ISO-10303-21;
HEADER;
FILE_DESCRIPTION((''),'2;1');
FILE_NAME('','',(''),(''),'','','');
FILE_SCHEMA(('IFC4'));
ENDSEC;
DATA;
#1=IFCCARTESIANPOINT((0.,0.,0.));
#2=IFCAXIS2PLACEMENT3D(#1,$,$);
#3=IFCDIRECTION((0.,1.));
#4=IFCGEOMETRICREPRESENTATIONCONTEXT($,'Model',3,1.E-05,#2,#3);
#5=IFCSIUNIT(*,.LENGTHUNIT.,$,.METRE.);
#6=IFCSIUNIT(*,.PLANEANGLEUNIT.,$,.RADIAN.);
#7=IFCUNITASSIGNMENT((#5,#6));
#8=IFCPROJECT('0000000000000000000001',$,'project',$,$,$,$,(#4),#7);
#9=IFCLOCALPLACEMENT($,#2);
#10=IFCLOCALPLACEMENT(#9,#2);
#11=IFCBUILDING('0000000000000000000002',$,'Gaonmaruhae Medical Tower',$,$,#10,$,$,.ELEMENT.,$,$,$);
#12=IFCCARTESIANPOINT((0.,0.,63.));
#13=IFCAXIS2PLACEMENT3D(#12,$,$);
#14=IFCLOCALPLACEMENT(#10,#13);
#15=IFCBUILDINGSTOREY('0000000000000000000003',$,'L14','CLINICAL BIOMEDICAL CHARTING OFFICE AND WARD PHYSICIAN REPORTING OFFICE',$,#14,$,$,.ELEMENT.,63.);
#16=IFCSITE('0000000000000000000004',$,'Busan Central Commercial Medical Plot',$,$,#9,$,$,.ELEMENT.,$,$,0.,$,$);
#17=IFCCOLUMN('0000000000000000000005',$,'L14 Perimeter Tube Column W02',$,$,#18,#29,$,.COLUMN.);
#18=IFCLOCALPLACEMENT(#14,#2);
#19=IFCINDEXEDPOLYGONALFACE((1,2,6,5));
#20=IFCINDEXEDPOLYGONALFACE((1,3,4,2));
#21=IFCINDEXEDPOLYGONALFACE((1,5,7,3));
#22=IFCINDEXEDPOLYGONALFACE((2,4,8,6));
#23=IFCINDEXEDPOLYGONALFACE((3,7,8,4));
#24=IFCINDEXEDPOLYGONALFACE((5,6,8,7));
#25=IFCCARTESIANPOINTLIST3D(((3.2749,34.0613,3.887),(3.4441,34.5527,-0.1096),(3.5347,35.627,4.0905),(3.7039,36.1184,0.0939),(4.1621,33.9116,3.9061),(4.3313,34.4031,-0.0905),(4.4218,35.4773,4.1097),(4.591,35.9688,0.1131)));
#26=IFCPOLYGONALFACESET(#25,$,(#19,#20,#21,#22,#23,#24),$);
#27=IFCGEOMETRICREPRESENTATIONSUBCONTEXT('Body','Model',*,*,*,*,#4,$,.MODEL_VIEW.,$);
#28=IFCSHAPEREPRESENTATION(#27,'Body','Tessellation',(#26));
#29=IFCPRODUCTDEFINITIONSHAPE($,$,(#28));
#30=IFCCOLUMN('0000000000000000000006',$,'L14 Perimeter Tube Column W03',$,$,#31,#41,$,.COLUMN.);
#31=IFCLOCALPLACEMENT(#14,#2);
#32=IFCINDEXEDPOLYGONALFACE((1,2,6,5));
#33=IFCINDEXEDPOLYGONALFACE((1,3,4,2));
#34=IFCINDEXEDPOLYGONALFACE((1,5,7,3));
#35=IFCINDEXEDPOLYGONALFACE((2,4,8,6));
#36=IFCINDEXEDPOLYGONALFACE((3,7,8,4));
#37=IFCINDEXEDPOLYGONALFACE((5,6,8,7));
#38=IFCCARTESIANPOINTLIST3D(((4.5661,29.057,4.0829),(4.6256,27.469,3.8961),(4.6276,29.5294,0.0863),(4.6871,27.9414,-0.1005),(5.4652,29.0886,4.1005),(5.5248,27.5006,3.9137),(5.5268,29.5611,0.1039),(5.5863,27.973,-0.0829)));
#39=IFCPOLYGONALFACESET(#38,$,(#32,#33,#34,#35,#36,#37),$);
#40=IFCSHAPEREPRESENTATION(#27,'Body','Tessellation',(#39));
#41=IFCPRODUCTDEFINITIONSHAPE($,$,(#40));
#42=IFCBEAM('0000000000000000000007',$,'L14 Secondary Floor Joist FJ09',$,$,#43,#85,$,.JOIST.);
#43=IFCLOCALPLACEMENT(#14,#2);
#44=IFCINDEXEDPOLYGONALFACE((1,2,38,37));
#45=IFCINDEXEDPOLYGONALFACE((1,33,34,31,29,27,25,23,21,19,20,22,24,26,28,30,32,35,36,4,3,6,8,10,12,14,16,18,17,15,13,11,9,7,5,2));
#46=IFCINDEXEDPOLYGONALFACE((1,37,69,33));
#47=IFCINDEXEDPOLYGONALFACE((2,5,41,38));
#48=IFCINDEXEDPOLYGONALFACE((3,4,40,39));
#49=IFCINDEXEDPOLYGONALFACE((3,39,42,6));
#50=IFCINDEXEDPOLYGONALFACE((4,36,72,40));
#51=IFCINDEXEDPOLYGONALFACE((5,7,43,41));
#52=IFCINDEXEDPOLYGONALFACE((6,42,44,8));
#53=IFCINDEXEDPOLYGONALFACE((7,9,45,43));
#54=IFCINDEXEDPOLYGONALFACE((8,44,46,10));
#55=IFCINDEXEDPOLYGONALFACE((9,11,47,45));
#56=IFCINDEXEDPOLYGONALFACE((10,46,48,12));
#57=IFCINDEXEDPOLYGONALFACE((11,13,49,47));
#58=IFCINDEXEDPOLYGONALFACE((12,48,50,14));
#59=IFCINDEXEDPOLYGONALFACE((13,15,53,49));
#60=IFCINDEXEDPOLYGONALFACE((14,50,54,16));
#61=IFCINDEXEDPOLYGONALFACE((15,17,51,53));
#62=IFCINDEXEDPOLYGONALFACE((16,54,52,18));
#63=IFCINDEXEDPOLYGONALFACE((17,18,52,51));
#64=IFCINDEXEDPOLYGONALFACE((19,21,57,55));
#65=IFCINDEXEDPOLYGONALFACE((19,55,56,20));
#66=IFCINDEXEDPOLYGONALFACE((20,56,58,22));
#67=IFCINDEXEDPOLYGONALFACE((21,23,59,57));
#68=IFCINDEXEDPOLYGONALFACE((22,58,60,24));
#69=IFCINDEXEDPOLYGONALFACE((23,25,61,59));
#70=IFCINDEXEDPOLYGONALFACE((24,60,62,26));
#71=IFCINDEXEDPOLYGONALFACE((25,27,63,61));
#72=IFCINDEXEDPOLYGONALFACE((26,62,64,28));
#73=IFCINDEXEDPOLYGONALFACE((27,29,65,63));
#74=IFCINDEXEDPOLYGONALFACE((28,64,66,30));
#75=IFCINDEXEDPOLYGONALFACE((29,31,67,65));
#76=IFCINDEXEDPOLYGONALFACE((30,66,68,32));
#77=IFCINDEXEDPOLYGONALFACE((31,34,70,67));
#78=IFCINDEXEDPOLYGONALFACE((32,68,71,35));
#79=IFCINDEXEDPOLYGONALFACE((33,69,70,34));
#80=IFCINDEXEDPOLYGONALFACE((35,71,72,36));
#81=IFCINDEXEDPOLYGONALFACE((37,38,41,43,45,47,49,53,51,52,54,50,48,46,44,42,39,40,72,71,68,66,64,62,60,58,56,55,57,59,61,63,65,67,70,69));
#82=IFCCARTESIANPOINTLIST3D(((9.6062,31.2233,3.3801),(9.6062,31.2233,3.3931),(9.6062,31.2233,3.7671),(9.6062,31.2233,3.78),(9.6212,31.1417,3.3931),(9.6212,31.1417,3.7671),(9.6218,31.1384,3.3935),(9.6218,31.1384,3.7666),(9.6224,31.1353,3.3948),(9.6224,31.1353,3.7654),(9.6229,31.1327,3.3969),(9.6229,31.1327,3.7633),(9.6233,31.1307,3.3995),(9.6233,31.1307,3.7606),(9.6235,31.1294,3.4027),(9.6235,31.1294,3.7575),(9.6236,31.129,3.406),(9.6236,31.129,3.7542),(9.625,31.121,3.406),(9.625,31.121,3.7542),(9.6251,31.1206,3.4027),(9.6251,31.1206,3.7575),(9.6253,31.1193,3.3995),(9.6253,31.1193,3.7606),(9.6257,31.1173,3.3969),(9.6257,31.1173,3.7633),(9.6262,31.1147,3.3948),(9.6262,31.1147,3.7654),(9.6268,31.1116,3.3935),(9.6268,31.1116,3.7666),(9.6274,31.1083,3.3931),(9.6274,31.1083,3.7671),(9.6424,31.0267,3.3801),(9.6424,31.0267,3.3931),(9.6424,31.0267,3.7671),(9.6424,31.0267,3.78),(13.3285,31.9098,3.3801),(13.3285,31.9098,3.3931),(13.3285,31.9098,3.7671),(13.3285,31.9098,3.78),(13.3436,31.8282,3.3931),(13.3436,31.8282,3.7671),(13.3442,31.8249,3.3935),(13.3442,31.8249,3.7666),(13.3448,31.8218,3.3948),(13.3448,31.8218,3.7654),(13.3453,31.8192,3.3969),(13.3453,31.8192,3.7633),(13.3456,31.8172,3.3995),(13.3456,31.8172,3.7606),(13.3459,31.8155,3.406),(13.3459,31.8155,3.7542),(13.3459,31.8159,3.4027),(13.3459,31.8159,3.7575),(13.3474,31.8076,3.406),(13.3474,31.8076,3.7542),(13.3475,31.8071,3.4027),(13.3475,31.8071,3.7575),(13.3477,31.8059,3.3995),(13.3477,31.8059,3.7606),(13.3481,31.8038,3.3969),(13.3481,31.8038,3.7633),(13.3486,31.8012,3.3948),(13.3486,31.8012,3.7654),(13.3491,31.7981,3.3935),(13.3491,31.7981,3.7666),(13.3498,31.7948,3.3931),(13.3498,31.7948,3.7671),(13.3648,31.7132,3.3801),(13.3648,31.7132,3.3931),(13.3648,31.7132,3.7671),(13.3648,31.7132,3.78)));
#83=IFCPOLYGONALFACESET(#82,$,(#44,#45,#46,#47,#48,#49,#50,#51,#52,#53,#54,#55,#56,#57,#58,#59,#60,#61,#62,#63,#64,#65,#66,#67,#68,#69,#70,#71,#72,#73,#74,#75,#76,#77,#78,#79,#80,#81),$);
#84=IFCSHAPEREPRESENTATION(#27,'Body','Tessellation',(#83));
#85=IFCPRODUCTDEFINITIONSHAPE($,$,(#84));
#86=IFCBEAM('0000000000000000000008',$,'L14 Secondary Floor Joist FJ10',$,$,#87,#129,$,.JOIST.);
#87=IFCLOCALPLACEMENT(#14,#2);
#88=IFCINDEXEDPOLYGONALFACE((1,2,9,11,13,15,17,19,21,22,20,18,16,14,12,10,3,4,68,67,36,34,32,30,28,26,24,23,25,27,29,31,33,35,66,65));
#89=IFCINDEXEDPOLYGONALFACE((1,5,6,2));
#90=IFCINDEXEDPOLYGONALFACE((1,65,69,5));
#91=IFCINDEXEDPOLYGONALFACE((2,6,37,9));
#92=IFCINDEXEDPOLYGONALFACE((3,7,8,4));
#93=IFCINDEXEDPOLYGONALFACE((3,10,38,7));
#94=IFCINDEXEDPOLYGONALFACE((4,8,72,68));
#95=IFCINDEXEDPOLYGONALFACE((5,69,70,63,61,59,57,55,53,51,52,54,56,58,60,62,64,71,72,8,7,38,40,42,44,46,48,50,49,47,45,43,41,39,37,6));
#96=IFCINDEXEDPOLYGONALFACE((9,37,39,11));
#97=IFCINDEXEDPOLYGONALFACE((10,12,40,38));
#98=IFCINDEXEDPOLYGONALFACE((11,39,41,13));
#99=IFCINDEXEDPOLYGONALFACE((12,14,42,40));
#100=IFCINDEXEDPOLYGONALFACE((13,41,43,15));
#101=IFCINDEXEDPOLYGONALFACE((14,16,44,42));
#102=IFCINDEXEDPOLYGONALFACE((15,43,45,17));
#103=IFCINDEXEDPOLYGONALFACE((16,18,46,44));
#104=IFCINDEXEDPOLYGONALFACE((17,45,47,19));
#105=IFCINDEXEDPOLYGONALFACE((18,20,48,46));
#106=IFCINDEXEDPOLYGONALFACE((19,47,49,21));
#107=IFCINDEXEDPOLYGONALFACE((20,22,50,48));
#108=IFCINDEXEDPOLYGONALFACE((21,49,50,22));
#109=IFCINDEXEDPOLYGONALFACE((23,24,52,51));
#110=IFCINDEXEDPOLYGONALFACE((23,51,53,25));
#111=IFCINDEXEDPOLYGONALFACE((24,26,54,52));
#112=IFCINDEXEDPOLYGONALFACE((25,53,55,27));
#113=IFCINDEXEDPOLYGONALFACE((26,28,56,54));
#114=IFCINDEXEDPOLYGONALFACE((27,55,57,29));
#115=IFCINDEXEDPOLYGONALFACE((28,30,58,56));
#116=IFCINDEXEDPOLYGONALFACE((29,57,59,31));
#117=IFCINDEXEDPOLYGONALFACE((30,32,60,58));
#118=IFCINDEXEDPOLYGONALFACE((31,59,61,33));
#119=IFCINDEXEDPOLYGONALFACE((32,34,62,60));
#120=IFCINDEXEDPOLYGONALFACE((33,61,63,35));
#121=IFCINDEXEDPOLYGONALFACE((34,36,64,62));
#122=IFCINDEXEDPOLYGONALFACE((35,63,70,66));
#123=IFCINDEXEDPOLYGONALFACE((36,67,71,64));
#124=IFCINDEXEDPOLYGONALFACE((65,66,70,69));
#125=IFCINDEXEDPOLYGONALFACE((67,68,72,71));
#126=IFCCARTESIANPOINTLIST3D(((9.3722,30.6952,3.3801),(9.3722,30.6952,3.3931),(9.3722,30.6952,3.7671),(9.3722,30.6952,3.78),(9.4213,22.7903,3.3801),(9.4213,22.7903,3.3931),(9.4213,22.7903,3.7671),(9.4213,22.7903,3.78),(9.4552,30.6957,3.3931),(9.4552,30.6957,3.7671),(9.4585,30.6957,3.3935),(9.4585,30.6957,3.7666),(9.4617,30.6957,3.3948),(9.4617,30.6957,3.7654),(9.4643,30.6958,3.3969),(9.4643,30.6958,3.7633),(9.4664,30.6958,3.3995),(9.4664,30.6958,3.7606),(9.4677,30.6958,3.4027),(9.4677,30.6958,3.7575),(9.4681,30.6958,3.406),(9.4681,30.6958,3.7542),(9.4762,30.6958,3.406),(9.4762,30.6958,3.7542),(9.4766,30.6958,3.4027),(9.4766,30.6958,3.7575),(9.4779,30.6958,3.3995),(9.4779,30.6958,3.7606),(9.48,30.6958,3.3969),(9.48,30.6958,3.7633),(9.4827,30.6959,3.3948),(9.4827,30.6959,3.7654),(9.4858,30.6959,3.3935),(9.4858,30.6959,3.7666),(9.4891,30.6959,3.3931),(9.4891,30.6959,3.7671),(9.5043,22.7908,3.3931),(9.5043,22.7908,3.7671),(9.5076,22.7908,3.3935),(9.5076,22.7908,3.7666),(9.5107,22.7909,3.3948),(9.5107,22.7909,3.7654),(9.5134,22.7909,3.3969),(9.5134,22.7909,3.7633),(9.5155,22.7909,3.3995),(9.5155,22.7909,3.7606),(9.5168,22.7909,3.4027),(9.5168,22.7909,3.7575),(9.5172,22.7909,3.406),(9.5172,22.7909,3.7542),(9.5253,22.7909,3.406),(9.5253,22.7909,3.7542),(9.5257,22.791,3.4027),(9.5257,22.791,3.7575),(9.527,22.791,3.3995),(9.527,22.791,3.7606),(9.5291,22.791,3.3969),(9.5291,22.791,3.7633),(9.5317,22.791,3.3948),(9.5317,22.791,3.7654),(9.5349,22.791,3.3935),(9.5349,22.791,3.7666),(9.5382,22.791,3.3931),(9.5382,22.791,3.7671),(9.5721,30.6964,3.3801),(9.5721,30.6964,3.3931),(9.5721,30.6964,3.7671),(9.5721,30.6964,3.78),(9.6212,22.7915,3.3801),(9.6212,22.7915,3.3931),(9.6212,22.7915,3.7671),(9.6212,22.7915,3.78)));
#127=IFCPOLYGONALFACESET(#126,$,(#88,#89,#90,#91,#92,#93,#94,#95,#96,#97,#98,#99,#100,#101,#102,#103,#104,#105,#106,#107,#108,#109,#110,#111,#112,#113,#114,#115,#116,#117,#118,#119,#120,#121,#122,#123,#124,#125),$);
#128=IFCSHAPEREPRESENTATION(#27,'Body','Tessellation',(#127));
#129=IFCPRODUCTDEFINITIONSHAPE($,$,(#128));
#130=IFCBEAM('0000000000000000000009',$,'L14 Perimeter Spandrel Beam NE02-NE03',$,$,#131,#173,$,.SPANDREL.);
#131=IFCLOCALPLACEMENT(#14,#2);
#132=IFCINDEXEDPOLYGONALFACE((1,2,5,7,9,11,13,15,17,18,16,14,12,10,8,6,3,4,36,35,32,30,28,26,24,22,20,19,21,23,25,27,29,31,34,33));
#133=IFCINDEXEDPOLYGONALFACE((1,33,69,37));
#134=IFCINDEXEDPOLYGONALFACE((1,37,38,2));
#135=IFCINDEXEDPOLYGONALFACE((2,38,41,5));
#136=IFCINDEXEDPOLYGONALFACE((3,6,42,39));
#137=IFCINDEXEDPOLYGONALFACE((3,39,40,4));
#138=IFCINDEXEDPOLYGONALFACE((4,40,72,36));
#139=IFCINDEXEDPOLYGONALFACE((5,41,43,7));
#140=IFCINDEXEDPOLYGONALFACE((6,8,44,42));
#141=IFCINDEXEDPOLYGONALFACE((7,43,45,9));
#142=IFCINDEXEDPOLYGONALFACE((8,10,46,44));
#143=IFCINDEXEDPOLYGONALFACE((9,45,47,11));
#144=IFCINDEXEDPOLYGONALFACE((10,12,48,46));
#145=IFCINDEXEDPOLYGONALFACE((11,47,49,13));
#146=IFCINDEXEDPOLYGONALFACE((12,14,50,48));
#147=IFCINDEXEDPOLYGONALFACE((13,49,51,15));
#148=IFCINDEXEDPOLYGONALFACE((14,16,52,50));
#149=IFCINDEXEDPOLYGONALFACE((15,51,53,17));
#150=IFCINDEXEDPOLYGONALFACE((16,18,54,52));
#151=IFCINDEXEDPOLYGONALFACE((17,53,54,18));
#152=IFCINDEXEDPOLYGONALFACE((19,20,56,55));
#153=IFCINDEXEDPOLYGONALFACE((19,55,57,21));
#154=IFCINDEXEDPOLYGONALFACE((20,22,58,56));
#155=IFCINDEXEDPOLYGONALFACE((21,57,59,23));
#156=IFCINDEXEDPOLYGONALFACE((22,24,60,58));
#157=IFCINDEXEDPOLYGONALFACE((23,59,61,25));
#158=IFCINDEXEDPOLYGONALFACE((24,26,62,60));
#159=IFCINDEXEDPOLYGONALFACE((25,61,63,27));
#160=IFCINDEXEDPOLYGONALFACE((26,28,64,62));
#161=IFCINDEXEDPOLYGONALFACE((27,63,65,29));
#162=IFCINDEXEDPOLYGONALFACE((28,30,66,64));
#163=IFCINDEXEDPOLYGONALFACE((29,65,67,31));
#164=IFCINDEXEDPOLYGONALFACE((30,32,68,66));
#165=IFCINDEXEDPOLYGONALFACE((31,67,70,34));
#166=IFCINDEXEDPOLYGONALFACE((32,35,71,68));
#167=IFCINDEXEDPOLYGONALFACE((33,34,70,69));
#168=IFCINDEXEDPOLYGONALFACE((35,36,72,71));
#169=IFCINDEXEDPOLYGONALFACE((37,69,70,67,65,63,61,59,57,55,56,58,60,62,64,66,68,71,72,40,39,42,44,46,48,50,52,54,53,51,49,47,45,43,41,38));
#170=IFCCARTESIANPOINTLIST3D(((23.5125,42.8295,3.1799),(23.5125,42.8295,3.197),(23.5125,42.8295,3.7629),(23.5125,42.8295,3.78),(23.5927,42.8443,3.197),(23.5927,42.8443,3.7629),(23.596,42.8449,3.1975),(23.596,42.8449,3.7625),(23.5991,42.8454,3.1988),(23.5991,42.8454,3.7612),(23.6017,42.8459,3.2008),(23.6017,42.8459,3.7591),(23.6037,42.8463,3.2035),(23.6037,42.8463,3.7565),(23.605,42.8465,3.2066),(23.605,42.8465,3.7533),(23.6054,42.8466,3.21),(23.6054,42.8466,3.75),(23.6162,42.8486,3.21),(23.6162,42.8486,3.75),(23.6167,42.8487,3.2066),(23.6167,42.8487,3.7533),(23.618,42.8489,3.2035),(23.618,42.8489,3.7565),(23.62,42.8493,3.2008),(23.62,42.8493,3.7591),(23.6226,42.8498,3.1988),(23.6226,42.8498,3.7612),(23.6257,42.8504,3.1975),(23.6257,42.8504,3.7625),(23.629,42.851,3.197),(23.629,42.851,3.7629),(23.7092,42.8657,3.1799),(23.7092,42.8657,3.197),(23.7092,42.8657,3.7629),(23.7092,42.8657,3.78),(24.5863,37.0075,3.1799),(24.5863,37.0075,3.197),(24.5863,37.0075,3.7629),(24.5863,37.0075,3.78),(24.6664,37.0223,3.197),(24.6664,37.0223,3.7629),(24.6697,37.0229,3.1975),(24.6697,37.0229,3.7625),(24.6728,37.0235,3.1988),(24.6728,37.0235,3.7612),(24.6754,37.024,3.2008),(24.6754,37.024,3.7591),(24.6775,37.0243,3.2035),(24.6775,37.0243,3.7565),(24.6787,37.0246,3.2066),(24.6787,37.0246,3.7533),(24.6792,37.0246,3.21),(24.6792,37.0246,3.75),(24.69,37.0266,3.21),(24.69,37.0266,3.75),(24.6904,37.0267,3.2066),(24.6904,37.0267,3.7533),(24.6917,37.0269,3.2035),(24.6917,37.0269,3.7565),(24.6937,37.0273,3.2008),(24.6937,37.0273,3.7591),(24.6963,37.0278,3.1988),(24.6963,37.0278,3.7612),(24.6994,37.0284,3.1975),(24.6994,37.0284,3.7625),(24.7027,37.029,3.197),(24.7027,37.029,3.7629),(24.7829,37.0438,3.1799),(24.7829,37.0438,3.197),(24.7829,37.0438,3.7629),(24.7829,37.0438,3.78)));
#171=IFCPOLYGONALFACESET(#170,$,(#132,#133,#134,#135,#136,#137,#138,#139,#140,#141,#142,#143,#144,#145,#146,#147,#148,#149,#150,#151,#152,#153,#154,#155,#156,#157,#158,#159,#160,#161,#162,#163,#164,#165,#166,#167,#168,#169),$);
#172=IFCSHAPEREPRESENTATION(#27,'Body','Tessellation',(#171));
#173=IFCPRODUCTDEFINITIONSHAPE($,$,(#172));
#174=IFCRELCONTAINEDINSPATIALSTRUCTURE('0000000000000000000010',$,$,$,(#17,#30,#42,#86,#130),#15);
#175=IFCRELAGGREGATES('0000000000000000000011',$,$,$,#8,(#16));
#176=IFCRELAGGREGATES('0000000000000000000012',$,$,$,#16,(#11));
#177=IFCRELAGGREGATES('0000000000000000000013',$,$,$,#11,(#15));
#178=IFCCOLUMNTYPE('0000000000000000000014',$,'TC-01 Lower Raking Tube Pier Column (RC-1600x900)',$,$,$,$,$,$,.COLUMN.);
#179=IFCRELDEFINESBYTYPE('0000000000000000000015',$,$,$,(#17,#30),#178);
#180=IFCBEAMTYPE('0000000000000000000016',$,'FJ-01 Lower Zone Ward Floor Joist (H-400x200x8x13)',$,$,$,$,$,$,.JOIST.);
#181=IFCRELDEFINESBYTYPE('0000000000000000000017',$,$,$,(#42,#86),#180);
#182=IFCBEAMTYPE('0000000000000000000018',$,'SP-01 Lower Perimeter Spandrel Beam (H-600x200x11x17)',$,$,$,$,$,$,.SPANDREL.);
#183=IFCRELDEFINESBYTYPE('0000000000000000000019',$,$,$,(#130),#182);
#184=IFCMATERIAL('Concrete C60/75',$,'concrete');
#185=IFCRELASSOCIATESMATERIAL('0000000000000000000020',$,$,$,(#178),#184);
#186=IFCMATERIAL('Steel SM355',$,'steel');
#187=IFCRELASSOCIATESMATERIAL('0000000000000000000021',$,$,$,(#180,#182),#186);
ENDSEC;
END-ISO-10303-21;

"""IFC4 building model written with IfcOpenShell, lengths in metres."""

from ifc_helpers import new_model, si_unit, direction, frame, origin, origin_2d, place, context, subcontext, project, spatial, rectangle, i_section, extrude, material, material_profile, profile_set, type_object, element, save


model = new_model("IFC4")

# Units and contexts
model_context = context("Model", 3, precision=1e-05, world=origin(), true_north=direction((0.0, 1.0)))
body_context = subcontext(model_context, "Body", "Model", "MODEL_VIEW")
ifc_project = project(units=[si_unit("LENGTHUNIT", "METRE"), si_unit("PLANEANGLEUNIT", "RADIAN")], contexts=[model_context])

# Site, building, storey
site_placement = place(None, origin())
site = spatial("IfcSite", under=ifc_project, at=site_placement, Name="Busan Central Commercial Medical Plot", CompositionType="ELEMENT", RefElevation=0.0)
building_placement = place(site_placement, origin())
building = spatial("IfcBuilding", under=site, at=building_placement, Name="Gaonmaruhae Medical Tower", CompositionType="ELEMENT")
storey_placement = place(building_placement, frame((0.0, 0.0, 63.0)))
storey = spatial("IfcBuildingStorey", under=building, at=storey_placement, Name="L14", Description="CLINICAL BIOMEDICAL CHARTING OFFICE AND WARD PHYSICIAN REPORTING OFFICE", CompositionType="ELEMENT", Elevation=63.0)

# Columns
ifc_material_1 = material(Name="Concrete C60/75", Category="concrete")
ifc_material_profile_1 = material_profile(ifc_material_1, rectangle(XDim=1.6001, YDim=0.8999, at=origin_2d()), Name="RC-1600x900")
ifc_profile_set_1 = profile_set([ifc_material_profile_1], Name="Concrete C60/75")
column_type = type_object("IfcColumnType", Name="TC-01 Lower Raking Tube Pier Column (RC-1600x900)", PredefinedType="COLUMN", material=ifc_profile_set_1)
column_1_placement = place(storey_placement, frame((4.0176, 35.2607, 0.0017), z_axis=(-0.04198, -0.121942, 0.991649), x_axis=(0.162309, 0.978507, 0.127197)))
element("IfcColumn", 1, at=column_1_placement, inside=storey, type_object=column_type, Name="L14 Perimeter Tube Column W02", PredefinedType="COLUMN", context=body_context, shape_type="SweptSolid", body=[
    extrude(rectangle(XDim=1.6001, YDim=0.8999, at=origin_2d()), origin(), (0.0, 0.0, 1.0), 4.0303),
])
column_2_placement = place(storey_placement, frame((5.1069, 28.7512, 0.0017), z_axis=(-0.015286, -0.117373, 0.99297), x_axis=(-0.03719, 0.992466, 0.116741)))
element("IfcColumn", 2, at=column_2_placement, inside=storey, type_object=column_type, Name="L14 Perimeter Tube Column W03", PredefinedType="COLUMN", context=body_context, shape_type="SweptSolid", body=[
    extrude(rectangle(XDim=1.6001, YDim=0.8999, at=origin_2d()), origin(), (0.0, 0.0, 1.0), 4.0249),
])

# Beams
ifc_material_2 = material(Name="Steel SM355", Category="steel")
ifc_material_profile_2 = material_profile(ifc_material_2, i_section(OverallWidth=0.2, OverallDepth=0.3999, WebThickness=0.0081, FlangeThickness=0.0129, FilletRadius=0.0129, at=origin_2d()), Name="H-400x200x8x13")
ifc_profile_set_2 = profile_set([ifc_material_profile_2], Name="Steel SM355")
beam_type_1 = type_object("IfcBeamType", Name="FJ-01 Lower Zone Ward Floor Joist (H-400x200x8x13)", PredefinedType="JOIST", material=ifc_profile_set_2)
beam_1_placement = place(storey_placement, frame((13.3467, 31.8115, 3.5801), z_axis=(-0.983415, -0.181371, 0.0), x_axis=(0.181371, -0.983415, 0.0)))
element("IfcBeam", 3, at=beam_1_placement, inside=storey, type_object=beam_type_1, Name="L14 Secondary Floor Joist FJ09", PredefinedType="JOIST", context=body_context, shape_type="SweptSolid", body=[
    extrude(i_section(OverallWidth=0.2, OverallDepth=0.3999, WebThickness=0.0081, FlangeThickness=0.0129, FilletRadius=0.0129, at=origin_2d()), origin(), (0.0, 0.0, 1.0), 3.7852),
])
beam_2_placement = place(storey_placement, frame((9.4722, 30.6958, 3.5801), z_axis=(0.006208, -0.999981, 0.0), x_axis=(0.999981, 0.006208, 0.0)))
element("IfcBeam", 4, at=beam_2_placement, inside=storey, type_object=beam_type_1, Name="L14 Secondary Floor Joist FJ10", PredefinedType="JOIST", context=body_context, shape_type="SweptSolid", body=[
    extrude(i_section(OverallWidth=0.2, OverallDepth=0.3999, WebThickness=0.0081, FlangeThickness=0.0129, FilletRadius=0.0129, at=origin_2d()), origin(), (0.0, 0.0, 1.0), 7.905),
])
ifc_material_profile_3 = material_profile(ifc_material_2, i_section(OverallWidth=0.2, OverallDepth=0.6001, WebThickness=0.011, FlangeThickness=0.0171, FilletRadius=0.0129, at=origin_2d()), Name="H-600x200x11x17")
ifc_profile_set_3 = profile_set([ifc_material_profile_3], Name="Steel SM355")
beam_type_2 = type_object("IfcBeamType", Name="SP-01 Lower Perimeter Spandrel Beam (H-600x200x11x17)", PredefinedType="SPANDREL", material=ifc_profile_set_3)
beam_3_placement = place(storey_placement, frame((24.6846, 37.0256, 3.48), z_axis=(-0.181367, 0.983415, 0.0), x_axis=(-0.983415, -0.181367, 0.0)))
element("IfcBeam", 5, at=beam_3_placement, inside=storey, type_object=beam_type_2, Name="L14 Perimeter Spandrel Beam NE02-NE03", PredefinedType="SPANDREL", context=body_context, shape_type="SweptSolid", body=[
    extrude(i_section(OverallWidth=0.2, OverallDepth=0.6001, WebThickness=0.011, FlangeThickness=0.0171, FilletRadius=0.0129, at=origin_2d()), origin(), (0.0, 0.0, 1.0), 5.9202),
])

save(model, "model.ifc")
